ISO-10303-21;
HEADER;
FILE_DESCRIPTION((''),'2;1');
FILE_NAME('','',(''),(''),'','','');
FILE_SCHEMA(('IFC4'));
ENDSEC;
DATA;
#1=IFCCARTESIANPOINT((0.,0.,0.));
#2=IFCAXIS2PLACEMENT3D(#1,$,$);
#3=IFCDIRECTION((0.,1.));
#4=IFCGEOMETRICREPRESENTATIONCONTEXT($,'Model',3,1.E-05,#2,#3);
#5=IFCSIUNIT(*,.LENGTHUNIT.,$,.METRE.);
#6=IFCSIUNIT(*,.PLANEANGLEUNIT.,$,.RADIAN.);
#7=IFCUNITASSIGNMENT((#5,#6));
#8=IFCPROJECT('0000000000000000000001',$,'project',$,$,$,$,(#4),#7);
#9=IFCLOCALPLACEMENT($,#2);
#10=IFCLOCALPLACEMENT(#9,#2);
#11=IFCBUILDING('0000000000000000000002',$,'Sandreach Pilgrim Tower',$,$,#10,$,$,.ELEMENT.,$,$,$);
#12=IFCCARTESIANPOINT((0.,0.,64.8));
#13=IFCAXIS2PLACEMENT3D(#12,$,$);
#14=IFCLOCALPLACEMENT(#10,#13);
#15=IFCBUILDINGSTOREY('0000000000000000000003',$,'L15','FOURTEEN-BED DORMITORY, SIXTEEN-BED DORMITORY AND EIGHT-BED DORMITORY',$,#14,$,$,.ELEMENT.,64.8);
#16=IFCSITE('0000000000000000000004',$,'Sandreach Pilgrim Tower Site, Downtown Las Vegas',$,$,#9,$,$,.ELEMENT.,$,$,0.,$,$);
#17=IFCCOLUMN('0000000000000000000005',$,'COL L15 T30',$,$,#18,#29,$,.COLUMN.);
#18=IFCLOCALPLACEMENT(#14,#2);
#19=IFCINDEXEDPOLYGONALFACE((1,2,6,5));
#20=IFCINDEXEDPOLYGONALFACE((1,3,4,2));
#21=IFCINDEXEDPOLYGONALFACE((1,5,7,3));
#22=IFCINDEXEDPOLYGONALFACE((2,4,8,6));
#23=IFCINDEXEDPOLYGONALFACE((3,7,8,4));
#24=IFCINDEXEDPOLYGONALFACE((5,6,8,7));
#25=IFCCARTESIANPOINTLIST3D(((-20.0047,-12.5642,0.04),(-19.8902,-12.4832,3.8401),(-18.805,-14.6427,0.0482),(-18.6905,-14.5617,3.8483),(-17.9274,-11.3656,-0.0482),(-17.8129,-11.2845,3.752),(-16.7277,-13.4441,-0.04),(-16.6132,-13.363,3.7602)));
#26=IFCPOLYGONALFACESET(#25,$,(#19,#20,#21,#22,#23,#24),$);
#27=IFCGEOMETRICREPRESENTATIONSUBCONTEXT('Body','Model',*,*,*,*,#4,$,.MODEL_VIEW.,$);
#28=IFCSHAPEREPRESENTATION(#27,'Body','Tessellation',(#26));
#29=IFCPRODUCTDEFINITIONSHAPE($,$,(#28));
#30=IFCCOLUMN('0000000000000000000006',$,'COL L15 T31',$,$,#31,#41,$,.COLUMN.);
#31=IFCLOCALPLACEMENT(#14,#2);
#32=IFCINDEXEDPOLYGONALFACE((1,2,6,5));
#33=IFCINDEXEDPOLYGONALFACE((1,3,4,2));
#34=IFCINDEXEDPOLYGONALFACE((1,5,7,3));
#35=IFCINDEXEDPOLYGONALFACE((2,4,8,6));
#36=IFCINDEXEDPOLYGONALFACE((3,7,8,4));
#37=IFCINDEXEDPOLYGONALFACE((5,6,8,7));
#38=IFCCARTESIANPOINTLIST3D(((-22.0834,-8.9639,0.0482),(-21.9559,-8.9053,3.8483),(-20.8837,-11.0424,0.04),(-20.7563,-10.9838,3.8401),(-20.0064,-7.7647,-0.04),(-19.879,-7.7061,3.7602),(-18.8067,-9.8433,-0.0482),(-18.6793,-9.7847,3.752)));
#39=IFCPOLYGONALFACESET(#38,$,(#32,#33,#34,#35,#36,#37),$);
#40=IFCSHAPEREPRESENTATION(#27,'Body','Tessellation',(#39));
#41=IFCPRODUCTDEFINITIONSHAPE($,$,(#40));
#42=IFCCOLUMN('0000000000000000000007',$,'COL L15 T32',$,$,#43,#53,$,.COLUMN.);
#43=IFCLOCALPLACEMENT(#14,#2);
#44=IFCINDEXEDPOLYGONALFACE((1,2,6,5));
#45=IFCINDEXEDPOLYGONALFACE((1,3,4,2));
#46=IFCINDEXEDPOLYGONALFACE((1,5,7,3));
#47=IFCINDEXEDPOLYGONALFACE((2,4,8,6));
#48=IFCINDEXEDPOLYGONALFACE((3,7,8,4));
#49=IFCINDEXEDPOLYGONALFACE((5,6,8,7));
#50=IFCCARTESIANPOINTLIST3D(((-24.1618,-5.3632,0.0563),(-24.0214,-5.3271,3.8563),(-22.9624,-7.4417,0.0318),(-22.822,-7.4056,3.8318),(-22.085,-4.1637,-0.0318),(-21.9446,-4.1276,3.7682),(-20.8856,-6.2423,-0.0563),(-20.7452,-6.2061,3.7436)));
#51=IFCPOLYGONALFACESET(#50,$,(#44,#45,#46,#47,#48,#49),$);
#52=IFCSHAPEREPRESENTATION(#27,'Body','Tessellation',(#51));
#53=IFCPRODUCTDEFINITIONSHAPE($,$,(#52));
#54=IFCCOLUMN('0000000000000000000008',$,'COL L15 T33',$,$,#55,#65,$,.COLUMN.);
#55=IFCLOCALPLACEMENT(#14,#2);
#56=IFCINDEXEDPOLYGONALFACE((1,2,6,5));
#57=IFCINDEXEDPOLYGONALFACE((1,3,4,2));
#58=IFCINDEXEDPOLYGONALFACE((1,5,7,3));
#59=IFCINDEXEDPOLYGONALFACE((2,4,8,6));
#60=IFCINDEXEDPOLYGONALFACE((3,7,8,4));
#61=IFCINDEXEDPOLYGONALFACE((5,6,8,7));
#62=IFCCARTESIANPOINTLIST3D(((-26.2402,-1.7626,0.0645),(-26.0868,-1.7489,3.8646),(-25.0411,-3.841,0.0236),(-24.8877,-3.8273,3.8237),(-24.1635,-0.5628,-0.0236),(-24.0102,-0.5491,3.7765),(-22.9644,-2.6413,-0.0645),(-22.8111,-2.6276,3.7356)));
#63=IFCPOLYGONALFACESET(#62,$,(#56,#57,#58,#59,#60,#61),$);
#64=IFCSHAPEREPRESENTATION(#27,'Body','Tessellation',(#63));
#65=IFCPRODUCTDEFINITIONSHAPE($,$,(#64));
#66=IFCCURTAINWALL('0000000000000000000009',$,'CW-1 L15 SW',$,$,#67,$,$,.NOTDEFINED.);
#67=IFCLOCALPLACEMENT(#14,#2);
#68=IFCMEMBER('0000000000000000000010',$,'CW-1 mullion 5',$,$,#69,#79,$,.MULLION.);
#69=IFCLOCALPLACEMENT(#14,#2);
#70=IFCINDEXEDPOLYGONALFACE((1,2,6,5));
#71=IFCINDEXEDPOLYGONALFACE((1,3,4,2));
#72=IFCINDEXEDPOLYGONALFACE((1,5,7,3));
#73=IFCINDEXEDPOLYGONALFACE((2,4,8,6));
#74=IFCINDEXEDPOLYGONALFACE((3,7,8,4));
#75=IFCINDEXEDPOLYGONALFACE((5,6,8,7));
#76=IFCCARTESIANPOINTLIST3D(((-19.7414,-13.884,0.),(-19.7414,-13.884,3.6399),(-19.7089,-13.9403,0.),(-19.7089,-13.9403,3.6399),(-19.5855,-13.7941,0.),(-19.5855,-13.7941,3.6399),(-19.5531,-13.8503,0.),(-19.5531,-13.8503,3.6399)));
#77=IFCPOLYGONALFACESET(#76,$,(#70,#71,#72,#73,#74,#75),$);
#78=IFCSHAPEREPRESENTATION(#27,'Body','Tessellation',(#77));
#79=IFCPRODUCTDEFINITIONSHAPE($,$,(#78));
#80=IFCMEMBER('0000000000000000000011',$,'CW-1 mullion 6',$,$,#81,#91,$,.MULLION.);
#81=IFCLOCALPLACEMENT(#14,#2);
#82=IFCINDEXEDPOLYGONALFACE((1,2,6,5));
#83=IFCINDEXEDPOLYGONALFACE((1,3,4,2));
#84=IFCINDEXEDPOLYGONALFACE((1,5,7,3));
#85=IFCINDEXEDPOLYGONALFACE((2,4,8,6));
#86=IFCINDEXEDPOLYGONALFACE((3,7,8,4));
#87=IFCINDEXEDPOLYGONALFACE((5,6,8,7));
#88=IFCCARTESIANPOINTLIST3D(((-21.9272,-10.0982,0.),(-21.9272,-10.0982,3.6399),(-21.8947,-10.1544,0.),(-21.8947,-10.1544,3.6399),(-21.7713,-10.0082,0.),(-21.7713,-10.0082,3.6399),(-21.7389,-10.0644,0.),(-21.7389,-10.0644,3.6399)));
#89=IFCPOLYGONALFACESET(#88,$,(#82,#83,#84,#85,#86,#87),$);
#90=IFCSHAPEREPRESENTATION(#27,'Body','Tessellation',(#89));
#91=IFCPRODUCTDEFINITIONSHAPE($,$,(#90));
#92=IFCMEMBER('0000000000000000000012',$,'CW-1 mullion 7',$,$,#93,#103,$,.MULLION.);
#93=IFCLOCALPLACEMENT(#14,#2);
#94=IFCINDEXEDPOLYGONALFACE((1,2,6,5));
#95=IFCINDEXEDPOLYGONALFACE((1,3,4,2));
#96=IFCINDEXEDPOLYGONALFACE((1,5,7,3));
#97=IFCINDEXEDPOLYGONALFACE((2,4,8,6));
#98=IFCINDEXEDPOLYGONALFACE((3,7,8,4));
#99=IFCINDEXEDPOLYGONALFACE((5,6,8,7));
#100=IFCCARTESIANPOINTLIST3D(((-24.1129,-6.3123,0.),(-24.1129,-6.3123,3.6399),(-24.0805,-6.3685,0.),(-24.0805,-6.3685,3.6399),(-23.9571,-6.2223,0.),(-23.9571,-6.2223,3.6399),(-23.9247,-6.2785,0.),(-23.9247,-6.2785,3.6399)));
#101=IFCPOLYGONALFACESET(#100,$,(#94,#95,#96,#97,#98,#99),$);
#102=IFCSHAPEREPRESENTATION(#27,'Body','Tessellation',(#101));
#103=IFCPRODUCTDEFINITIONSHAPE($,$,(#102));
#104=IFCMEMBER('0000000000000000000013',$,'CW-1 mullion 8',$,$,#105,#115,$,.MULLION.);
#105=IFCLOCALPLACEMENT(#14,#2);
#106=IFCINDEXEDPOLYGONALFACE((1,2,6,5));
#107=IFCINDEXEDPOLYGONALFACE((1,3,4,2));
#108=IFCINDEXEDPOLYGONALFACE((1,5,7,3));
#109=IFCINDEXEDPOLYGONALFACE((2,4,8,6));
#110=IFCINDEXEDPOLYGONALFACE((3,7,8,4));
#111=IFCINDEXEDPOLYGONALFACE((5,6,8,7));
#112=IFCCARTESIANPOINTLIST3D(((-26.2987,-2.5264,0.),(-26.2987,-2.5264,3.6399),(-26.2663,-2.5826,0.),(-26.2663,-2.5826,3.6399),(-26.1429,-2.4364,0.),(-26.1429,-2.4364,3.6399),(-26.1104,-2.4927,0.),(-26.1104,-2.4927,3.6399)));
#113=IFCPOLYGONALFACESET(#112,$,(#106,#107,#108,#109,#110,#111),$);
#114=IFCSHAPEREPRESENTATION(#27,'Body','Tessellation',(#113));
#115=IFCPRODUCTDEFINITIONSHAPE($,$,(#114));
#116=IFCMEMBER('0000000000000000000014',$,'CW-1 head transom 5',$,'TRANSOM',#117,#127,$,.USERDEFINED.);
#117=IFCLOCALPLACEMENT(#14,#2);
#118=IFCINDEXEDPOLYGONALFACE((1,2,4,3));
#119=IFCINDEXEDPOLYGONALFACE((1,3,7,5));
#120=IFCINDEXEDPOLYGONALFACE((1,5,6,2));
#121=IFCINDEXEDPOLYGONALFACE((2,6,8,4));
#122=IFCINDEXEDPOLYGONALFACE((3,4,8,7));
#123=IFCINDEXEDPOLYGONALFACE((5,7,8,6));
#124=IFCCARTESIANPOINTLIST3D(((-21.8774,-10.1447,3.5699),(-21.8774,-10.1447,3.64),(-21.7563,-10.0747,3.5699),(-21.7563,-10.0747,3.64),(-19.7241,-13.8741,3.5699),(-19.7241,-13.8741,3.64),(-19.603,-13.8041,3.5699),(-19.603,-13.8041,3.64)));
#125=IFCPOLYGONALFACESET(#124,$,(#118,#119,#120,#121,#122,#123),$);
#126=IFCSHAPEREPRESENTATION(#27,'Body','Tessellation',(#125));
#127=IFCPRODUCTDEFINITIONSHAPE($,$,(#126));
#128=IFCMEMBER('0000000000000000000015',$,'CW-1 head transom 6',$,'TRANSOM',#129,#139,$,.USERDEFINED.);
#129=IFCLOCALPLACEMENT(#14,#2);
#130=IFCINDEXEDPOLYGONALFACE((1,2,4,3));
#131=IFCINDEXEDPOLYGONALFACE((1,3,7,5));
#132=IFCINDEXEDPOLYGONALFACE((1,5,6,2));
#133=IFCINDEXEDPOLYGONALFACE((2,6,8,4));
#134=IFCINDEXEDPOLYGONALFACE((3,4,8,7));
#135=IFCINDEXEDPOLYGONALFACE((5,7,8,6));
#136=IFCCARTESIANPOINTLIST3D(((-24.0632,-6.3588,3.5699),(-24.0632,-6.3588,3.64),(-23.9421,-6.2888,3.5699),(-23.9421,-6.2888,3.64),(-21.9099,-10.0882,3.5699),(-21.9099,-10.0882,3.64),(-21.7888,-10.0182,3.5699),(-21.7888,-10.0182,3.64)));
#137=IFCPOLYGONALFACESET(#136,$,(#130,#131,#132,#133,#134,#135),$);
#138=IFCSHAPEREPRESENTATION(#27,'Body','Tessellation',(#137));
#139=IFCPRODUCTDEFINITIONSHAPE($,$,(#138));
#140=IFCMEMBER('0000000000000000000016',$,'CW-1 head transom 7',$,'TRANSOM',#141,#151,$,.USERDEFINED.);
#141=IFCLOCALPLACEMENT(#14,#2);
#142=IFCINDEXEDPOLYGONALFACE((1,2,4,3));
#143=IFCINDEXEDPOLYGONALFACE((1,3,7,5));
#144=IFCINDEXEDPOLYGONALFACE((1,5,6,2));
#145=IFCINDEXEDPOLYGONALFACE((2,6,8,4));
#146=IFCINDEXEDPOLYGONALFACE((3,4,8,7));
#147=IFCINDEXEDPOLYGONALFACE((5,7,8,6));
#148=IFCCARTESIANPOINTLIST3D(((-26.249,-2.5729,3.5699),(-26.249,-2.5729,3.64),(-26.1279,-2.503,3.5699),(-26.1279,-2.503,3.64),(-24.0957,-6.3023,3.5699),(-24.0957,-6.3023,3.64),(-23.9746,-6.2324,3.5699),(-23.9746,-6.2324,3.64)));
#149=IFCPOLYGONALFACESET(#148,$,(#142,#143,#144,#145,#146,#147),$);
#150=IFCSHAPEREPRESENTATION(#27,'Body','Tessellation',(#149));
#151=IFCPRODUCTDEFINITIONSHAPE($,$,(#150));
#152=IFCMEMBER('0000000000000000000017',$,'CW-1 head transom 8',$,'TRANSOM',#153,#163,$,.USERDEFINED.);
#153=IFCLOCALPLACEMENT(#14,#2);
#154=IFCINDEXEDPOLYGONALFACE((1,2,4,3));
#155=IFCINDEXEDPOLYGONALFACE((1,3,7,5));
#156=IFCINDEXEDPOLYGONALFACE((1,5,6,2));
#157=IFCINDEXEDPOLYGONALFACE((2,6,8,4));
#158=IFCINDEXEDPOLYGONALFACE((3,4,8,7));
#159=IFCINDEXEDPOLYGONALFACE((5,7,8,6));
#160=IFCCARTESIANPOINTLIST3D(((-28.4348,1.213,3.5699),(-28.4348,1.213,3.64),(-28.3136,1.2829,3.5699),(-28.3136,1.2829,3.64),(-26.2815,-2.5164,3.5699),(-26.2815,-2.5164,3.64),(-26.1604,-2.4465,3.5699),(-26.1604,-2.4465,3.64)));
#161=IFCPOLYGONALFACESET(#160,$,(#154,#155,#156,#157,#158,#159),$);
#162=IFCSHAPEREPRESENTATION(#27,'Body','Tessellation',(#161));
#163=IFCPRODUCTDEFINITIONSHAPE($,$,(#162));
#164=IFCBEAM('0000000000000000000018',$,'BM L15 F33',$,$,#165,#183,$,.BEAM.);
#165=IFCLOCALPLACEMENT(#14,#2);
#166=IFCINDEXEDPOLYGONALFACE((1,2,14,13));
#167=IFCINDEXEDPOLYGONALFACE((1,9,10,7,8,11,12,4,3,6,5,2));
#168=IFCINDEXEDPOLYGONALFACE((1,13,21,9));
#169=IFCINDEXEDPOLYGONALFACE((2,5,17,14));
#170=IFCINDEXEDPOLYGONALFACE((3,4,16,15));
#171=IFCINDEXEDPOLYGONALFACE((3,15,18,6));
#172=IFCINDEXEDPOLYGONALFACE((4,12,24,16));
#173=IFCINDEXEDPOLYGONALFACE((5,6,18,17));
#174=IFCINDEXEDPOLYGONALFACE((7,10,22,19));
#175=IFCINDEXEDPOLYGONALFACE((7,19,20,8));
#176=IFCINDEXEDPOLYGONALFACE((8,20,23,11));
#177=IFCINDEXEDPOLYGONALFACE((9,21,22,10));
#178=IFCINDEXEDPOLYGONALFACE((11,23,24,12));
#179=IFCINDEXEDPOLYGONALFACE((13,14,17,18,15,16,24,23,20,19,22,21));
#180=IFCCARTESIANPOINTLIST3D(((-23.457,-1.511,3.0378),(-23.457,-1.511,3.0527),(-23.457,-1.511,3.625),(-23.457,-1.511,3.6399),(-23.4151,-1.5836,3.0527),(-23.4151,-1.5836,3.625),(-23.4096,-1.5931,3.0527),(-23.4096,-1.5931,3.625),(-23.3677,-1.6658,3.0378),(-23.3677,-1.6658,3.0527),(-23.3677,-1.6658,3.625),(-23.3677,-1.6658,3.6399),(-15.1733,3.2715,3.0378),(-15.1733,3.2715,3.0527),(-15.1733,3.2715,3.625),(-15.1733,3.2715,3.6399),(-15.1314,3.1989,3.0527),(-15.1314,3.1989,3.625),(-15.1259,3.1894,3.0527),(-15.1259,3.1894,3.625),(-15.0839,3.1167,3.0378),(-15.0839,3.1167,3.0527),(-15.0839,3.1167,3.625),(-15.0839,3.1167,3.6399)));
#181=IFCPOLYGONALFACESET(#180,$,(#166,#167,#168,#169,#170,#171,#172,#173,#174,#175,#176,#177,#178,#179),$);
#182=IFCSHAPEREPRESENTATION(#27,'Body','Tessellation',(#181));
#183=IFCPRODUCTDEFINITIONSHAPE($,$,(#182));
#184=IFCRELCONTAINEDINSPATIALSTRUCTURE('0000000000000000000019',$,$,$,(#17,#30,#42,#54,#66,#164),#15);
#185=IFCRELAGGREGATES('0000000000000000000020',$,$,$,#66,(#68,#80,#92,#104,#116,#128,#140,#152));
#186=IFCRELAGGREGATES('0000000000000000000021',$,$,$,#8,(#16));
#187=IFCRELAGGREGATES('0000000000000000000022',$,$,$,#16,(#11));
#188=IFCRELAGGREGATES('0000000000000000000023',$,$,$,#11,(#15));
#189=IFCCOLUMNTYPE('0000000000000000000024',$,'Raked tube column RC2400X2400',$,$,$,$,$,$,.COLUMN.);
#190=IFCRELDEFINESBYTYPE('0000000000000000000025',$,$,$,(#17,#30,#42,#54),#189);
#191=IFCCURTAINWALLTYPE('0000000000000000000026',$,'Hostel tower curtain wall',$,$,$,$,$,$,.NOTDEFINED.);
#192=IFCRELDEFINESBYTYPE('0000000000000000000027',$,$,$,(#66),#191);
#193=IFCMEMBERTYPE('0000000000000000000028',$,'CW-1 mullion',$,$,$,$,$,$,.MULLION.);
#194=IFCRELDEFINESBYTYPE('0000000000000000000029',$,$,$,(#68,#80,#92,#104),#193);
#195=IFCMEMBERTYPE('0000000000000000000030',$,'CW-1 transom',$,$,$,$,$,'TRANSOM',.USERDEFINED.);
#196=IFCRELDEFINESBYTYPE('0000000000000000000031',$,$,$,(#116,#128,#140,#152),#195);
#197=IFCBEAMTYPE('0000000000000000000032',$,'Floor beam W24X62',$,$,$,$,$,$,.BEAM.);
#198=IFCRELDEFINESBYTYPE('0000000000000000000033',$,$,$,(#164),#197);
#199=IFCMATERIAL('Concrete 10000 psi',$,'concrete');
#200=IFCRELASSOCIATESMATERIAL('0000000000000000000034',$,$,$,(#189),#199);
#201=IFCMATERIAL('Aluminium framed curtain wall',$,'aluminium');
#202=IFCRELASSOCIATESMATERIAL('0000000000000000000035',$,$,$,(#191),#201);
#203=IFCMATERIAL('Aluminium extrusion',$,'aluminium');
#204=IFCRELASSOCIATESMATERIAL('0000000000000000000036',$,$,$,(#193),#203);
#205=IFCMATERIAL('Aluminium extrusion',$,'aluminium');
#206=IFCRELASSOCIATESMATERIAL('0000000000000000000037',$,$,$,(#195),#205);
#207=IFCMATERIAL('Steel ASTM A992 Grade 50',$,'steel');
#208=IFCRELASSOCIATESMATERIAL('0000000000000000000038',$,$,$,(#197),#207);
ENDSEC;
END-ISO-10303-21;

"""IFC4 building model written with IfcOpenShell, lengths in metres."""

from ifc_helpers import new_model, si_unit, direction, frame, origin, origin_2d, place, context, subcontext, project, spatial, rectangle, i_section, extrude, material, material_profile, profile_set, type_object, element, aggregate, save


model = new_model("IFC4")

# Units and contexts
model_context = context("Model", 3, precision=1e-05, world=origin(), true_north=direction((0.0, 1.0)))
body_context = subcontext(model_context, "Body", "Model", "MODEL_VIEW")
ifc_project = project(units=[si_unit("LENGTHUNIT", "METRE"), si_unit("PLANEANGLEUNIT", "RADIAN")], contexts=[model_context])

# Site, building, storey
site_placement = place(None, origin())
site = spatial("IfcSite", under=ifc_project, at=site_placement, Name="Sandreach Pilgrim Tower Site, Downtown Las Vegas", CompositionType="ELEMENT", RefElevation=0.0)
building_placement = place(site_placement, origin())
building = spatial("IfcBuilding", under=site, at=building_placement, Name="Sandreach Pilgrim Tower", CompositionType="ELEMENT")
storey_placement = place(building_placement, frame((0.0, 0.0, 64.8)))
storey = spatial("IfcBuildingStorey", under=building, at=storey_placement, Name="L15", Description="FOURTEEN-BED DORMITORY, SIXTEEN-BED DORMITORY AND EIGHT-BED DORMITORY", CompositionType="ELEMENT", Elevation=64.8)

# Columns
ifc_material_1 = material(Name="Concrete 10000 psi", Category="concrete")
ifc_material_profile_1 = material_profile(ifc_material_1, rectangle(XDim=2.3999, YDim=2.3999, at=origin_2d()), Name="RC2400X2400")
ifc_profile_set_1 = profile_set([ifc_material_profile_1], Name="Concrete 10000 psi")
column_type = type_object("IfcColumnType", Name="Raked tube column RC2400X2400", PredefinedType="COLUMN", material=ifc_profile_set_1)
for number, where, z_axis, x_axis, name in (
    (1, (-18.3662, -13.0042, 0.0), (0.030111, 0.021315, 0.999319), (-0.865558, -0.49946, 0.036734), "COL L15 T30"),
    (2, (-20.4451, -9.4036, 0.0), (0.033514, 0.015409, 0.999319), (-0.865448, -0.499651, 0.036729), "COL L15 T31"),
    (3, (-22.5237, -5.8027, 0.0), (0.036915, 0.009502, 0.999273), (-0.865363, -0.499798, 0.03672), "COL L15 T32"),
):
    element("IfcColumn", number, at=place(storey_placement, frame(where, z_axis=z_axis, x_axis=x_axis)), inside=storey, type_object=column_type, Name=name, PredefinedType="COLUMN", context=body_context, shape_type="SweptSolid", body=[
        extrude(rectangle(XDim=2.3999, YDim=2.3999, at=origin_2d()), origin(), (0.0, 0.0, 1.0), 3.8027),
    ])
column_placement = place(storey_placement, frame((-24.6023, -2.2019, 0.0), z_axis=(0.040314, 0.003595, 0.999181), x_axis=(-0.865292, -0.499922, 0.036711)))
element("IfcColumn", 4, at=column_placement, inside=storey, type_object=column_type, Name="COL L15 T33", PredefinedType="COLUMN", context=body_context, shape_type="SweptSolid", body=[
    extrude(rectangle(XDim=2.3999, YDim=2.3999, at=origin_2d()), origin(), (0.0, 0.0, 1.0), 3.8032),
])

# Curtain wall, members
ifc_material_2 = material(Name="Aluminium framed curtain wall", Category="aluminium")
curtain_wall_type = type_object("IfcCurtainWallType", Name="Hostel tower curtain wall", PredefinedType="NOTDEFINED", material=ifc_material_2)
curtain_wall_placement = place(storey_placement, origin())
curtain_wall = element("IfcCurtainWall", 5, at=curtain_wall_placement, inside=storey, type_object=curtain_wall_type, Name="CW-1 L15 SW", PredefinedType="NOTDEFINED")
ifc_material_3 = material(Name="Aluminium extrusion", Category="aluminium")
ifc_material_profile_2 = material_profile(ifc_material_3, rectangle(XDim=0.0649, YDim=0.1799, at=origin_2d()), Name="CW-1M 65X180")
ifc_profile_set_2 = profile_set([ifc_material_profile_2], Name="Aluminium extrusion")
member_type_1 = type_object("IfcMemberType", Name="CW-1 mullion", PredefinedType="MULLION", material=ifc_profile_set_2)
member_1_placement = place(storey_placement, frame((-19.6472, -13.8672, 0.0), z_axis=(0.0, 0.0, 1.0), x_axis=(-0.5, 0.866025, 0.0)))
member_1 = element("IfcMember", 6, at=member_1_placement, type_object=member_type_1, Name="CW-1 mullion 5", PredefinedType="MULLION", context=body_context, shape_type="SweptSolid", body=[
    extrude(rectangle(XDim=0.0649, YDim=0.1799, at=origin_2d()), origin(), (0.0, 0.0, 1.0), 3.6399),
])
member_2_placement = place(storey_placement, frame((-21.833, -10.0813, 0.0), z_axis=(0.0, 0.0, 1.0), x_axis=(-0.5, 0.866025, 0.0)))
member_2 = element("IfcMember", 7, at=member_2_placement, type_object=member_type_1, Name="CW-1 mullion 6", PredefinedType="MULLION", context=body_context, shape_type="SweptSolid", body=[
    extrude(rectangle(XDim=0.0649, YDim=0.1799, at=origin_2d()), origin(), (0.0, 0.0, 1.0), 3.6399),
])
member_3_placement = place(storey_placement, frame((-24.0188, -6.2954, 0.0), z_axis=(0.0, 0.0, 1.0), x_axis=(-0.5, 0.866025, 0.0)))
member_3 = element("IfcMember", 8, at=member_3_placement, type_object=member_type_1, Name="CW-1 mullion 7", PredefinedType="MULLION", context=body_context, shape_type="SweptSolid", body=[
    extrude(rectangle(XDim=0.0649, YDim=0.1799, at=origin_2d()), origin(), (0.0, 0.0, 1.0), 3.6399),
])
member_4_placement = place(storey_placement, frame((-26.2046, -2.5095, 0.0), z_axis=(0.0, 0.0, 1.0), x_axis=(-0.5, 0.866025, 0.0)))
member_4 = element("IfcMember", 9, at=member_4_placement, type_object=member_type_1, Name="CW-1 mullion 8", PredefinedType="MULLION", context=body_context, shape_type="SweptSolid", body=[
    extrude(rectangle(XDim=0.0649, YDim=0.1799, at=origin_2d()), origin(), (0.0, 0.0, 1.0), 3.6399),
])
ifc_material_4 = material(Name="Aluminium extrusion", Category="aluminium")
ifc_material_profile_3 = material_profile(ifc_material_4, rectangle(XDim=0.1399, YDim=0.0701, at=origin_2d()), Name="CW-1T 140X70")
ifc_profile_set_3 = profile_set([ifc_material_profile_3], Name="Aluminium extrusion")
member_type_2 = type_object("IfcMemberType", Name="CW-1 transom", ElementType="TRANSOM", PredefinedType="USERDEFINED", material=ifc_profile_set_3)
member_5_placement = place(storey_placement, frame((-19.6636, -13.8391, 3.605), z_axis=(-0.500017, 0.866016, 0.0), x_axis=(-0.866016, -0.500017, 0.0)))
member_5 = element("IfcMember", 10, at=member_5_placement, type_object=member_type_2, Name="CW-1 head transom 5", ObjectType="TRANSOM", PredefinedType="USERDEFINED", context=body_context, shape_type="SweptSolid", body=[
    extrude(rectangle(XDim=0.1399, YDim=0.0701, at=origin_2d()), origin(), (0.0, 0.0, 1.0), 4.3064),
])
member_6_placement = place(storey_placement, frame((-21.8494, -10.0532, 3.605), z_axis=(-0.500017, 0.866016, 0.0), x_axis=(-0.866016, -0.500017, 0.0)))
member_6 = element("IfcMember", 11, at=member_6_placement, type_object=member_type_2, Name="CW-1 head transom 6", ObjectType="TRANSOM", PredefinedType="USERDEFINED", context=body_context, shape_type="SweptSolid", body=[
    extrude(rectangle(XDim=0.1399, YDim=0.0701, at=origin_2d()), origin(), (0.0, 0.0, 1.0), 4.3064),
])
member_7_placement = place(storey_placement, frame((-24.0352, -6.2673, 3.605), z_axis=(-0.500017, 0.866016, 0.0), x_axis=(-0.866016, -0.500017, 0.0)))
member_7 = element("IfcMember", 12, at=member_7_placement, type_object=member_type_2, Name="CW-1 head transom 7", ObjectType="TRANSOM", PredefinedType="USERDEFINED", context=body_context, shape_type="SweptSolid", body=[
    extrude(rectangle(XDim=0.1399, YDim=0.0701, at=origin_2d()), origin(), (0.0, 0.0, 1.0), 4.3064),
])
member_8_placement = place(storey_placement, frame((-26.2209, -2.4814, 3.605), z_axis=(-0.500017, 0.866016, 0.0), x_axis=(-0.866016, -0.500017, 0.0)))
member_8 = element("IfcMember", 13, at=member_8_placement, type_object=member_type_2, Name="CW-1 head transom 8", ObjectType="TRANSOM", PredefinedType="USERDEFINED", context=body_context, shape_type="SweptSolid", body=[
    extrude(rectangle(XDim=0.1399, YDim=0.0701, at=origin_2d()), origin(), (0.0, 0.0, 1.0), 4.3064),
])

# Beam
ifc_material_5 = material(Name="Steel ASTM A992 Grade 50", Category="steel")
ifc_material_profile_4 = material_profile(ifc_material_5, i_section(OverallWidth=0.1787, OverallDepth=0.6021, WebThickness=0.011, FlangeThickness=0.0149, at=origin_2d()), Name="W24X62")
ifc_profile_set_4 = profile_set([ifc_material_profile_4], Name="Steel ASTM A992 Grade 50")
beam_type_1 = type_object("IfcBeamType", Name="Floor beam W24X62", PredefinedType="BEAM", material=ifc_profile_set_4)
beam_1_placement = place(storey_placement, frame((-23.4124, -1.5884, 3.3389), z_axis=(0.866031, 0.499991, 0.0), x_axis=(-0.499991, 0.866031, 0.0)))
element("IfcBeam", 14, at=beam_1_placement, inside=storey, type_object=beam_type_1, Name="BM L15 F33", PredefinedType="BEAM", context=body_context, shape_type="SweptSolid", body=[
    extrude(i_section(OverallWidth=0.1787, OverallDepth=0.6021, WebThickness=0.011, FlangeThickness=0.0149, at=origin_2d()), origin(), (0.0, 0.0, 1.0), 9.5652),
])

aggregate(curtain_wall, [member_1, member_2, member_3, member_4, member_5, member_6, member_7, member_8])

save(model, "model.ifc")
